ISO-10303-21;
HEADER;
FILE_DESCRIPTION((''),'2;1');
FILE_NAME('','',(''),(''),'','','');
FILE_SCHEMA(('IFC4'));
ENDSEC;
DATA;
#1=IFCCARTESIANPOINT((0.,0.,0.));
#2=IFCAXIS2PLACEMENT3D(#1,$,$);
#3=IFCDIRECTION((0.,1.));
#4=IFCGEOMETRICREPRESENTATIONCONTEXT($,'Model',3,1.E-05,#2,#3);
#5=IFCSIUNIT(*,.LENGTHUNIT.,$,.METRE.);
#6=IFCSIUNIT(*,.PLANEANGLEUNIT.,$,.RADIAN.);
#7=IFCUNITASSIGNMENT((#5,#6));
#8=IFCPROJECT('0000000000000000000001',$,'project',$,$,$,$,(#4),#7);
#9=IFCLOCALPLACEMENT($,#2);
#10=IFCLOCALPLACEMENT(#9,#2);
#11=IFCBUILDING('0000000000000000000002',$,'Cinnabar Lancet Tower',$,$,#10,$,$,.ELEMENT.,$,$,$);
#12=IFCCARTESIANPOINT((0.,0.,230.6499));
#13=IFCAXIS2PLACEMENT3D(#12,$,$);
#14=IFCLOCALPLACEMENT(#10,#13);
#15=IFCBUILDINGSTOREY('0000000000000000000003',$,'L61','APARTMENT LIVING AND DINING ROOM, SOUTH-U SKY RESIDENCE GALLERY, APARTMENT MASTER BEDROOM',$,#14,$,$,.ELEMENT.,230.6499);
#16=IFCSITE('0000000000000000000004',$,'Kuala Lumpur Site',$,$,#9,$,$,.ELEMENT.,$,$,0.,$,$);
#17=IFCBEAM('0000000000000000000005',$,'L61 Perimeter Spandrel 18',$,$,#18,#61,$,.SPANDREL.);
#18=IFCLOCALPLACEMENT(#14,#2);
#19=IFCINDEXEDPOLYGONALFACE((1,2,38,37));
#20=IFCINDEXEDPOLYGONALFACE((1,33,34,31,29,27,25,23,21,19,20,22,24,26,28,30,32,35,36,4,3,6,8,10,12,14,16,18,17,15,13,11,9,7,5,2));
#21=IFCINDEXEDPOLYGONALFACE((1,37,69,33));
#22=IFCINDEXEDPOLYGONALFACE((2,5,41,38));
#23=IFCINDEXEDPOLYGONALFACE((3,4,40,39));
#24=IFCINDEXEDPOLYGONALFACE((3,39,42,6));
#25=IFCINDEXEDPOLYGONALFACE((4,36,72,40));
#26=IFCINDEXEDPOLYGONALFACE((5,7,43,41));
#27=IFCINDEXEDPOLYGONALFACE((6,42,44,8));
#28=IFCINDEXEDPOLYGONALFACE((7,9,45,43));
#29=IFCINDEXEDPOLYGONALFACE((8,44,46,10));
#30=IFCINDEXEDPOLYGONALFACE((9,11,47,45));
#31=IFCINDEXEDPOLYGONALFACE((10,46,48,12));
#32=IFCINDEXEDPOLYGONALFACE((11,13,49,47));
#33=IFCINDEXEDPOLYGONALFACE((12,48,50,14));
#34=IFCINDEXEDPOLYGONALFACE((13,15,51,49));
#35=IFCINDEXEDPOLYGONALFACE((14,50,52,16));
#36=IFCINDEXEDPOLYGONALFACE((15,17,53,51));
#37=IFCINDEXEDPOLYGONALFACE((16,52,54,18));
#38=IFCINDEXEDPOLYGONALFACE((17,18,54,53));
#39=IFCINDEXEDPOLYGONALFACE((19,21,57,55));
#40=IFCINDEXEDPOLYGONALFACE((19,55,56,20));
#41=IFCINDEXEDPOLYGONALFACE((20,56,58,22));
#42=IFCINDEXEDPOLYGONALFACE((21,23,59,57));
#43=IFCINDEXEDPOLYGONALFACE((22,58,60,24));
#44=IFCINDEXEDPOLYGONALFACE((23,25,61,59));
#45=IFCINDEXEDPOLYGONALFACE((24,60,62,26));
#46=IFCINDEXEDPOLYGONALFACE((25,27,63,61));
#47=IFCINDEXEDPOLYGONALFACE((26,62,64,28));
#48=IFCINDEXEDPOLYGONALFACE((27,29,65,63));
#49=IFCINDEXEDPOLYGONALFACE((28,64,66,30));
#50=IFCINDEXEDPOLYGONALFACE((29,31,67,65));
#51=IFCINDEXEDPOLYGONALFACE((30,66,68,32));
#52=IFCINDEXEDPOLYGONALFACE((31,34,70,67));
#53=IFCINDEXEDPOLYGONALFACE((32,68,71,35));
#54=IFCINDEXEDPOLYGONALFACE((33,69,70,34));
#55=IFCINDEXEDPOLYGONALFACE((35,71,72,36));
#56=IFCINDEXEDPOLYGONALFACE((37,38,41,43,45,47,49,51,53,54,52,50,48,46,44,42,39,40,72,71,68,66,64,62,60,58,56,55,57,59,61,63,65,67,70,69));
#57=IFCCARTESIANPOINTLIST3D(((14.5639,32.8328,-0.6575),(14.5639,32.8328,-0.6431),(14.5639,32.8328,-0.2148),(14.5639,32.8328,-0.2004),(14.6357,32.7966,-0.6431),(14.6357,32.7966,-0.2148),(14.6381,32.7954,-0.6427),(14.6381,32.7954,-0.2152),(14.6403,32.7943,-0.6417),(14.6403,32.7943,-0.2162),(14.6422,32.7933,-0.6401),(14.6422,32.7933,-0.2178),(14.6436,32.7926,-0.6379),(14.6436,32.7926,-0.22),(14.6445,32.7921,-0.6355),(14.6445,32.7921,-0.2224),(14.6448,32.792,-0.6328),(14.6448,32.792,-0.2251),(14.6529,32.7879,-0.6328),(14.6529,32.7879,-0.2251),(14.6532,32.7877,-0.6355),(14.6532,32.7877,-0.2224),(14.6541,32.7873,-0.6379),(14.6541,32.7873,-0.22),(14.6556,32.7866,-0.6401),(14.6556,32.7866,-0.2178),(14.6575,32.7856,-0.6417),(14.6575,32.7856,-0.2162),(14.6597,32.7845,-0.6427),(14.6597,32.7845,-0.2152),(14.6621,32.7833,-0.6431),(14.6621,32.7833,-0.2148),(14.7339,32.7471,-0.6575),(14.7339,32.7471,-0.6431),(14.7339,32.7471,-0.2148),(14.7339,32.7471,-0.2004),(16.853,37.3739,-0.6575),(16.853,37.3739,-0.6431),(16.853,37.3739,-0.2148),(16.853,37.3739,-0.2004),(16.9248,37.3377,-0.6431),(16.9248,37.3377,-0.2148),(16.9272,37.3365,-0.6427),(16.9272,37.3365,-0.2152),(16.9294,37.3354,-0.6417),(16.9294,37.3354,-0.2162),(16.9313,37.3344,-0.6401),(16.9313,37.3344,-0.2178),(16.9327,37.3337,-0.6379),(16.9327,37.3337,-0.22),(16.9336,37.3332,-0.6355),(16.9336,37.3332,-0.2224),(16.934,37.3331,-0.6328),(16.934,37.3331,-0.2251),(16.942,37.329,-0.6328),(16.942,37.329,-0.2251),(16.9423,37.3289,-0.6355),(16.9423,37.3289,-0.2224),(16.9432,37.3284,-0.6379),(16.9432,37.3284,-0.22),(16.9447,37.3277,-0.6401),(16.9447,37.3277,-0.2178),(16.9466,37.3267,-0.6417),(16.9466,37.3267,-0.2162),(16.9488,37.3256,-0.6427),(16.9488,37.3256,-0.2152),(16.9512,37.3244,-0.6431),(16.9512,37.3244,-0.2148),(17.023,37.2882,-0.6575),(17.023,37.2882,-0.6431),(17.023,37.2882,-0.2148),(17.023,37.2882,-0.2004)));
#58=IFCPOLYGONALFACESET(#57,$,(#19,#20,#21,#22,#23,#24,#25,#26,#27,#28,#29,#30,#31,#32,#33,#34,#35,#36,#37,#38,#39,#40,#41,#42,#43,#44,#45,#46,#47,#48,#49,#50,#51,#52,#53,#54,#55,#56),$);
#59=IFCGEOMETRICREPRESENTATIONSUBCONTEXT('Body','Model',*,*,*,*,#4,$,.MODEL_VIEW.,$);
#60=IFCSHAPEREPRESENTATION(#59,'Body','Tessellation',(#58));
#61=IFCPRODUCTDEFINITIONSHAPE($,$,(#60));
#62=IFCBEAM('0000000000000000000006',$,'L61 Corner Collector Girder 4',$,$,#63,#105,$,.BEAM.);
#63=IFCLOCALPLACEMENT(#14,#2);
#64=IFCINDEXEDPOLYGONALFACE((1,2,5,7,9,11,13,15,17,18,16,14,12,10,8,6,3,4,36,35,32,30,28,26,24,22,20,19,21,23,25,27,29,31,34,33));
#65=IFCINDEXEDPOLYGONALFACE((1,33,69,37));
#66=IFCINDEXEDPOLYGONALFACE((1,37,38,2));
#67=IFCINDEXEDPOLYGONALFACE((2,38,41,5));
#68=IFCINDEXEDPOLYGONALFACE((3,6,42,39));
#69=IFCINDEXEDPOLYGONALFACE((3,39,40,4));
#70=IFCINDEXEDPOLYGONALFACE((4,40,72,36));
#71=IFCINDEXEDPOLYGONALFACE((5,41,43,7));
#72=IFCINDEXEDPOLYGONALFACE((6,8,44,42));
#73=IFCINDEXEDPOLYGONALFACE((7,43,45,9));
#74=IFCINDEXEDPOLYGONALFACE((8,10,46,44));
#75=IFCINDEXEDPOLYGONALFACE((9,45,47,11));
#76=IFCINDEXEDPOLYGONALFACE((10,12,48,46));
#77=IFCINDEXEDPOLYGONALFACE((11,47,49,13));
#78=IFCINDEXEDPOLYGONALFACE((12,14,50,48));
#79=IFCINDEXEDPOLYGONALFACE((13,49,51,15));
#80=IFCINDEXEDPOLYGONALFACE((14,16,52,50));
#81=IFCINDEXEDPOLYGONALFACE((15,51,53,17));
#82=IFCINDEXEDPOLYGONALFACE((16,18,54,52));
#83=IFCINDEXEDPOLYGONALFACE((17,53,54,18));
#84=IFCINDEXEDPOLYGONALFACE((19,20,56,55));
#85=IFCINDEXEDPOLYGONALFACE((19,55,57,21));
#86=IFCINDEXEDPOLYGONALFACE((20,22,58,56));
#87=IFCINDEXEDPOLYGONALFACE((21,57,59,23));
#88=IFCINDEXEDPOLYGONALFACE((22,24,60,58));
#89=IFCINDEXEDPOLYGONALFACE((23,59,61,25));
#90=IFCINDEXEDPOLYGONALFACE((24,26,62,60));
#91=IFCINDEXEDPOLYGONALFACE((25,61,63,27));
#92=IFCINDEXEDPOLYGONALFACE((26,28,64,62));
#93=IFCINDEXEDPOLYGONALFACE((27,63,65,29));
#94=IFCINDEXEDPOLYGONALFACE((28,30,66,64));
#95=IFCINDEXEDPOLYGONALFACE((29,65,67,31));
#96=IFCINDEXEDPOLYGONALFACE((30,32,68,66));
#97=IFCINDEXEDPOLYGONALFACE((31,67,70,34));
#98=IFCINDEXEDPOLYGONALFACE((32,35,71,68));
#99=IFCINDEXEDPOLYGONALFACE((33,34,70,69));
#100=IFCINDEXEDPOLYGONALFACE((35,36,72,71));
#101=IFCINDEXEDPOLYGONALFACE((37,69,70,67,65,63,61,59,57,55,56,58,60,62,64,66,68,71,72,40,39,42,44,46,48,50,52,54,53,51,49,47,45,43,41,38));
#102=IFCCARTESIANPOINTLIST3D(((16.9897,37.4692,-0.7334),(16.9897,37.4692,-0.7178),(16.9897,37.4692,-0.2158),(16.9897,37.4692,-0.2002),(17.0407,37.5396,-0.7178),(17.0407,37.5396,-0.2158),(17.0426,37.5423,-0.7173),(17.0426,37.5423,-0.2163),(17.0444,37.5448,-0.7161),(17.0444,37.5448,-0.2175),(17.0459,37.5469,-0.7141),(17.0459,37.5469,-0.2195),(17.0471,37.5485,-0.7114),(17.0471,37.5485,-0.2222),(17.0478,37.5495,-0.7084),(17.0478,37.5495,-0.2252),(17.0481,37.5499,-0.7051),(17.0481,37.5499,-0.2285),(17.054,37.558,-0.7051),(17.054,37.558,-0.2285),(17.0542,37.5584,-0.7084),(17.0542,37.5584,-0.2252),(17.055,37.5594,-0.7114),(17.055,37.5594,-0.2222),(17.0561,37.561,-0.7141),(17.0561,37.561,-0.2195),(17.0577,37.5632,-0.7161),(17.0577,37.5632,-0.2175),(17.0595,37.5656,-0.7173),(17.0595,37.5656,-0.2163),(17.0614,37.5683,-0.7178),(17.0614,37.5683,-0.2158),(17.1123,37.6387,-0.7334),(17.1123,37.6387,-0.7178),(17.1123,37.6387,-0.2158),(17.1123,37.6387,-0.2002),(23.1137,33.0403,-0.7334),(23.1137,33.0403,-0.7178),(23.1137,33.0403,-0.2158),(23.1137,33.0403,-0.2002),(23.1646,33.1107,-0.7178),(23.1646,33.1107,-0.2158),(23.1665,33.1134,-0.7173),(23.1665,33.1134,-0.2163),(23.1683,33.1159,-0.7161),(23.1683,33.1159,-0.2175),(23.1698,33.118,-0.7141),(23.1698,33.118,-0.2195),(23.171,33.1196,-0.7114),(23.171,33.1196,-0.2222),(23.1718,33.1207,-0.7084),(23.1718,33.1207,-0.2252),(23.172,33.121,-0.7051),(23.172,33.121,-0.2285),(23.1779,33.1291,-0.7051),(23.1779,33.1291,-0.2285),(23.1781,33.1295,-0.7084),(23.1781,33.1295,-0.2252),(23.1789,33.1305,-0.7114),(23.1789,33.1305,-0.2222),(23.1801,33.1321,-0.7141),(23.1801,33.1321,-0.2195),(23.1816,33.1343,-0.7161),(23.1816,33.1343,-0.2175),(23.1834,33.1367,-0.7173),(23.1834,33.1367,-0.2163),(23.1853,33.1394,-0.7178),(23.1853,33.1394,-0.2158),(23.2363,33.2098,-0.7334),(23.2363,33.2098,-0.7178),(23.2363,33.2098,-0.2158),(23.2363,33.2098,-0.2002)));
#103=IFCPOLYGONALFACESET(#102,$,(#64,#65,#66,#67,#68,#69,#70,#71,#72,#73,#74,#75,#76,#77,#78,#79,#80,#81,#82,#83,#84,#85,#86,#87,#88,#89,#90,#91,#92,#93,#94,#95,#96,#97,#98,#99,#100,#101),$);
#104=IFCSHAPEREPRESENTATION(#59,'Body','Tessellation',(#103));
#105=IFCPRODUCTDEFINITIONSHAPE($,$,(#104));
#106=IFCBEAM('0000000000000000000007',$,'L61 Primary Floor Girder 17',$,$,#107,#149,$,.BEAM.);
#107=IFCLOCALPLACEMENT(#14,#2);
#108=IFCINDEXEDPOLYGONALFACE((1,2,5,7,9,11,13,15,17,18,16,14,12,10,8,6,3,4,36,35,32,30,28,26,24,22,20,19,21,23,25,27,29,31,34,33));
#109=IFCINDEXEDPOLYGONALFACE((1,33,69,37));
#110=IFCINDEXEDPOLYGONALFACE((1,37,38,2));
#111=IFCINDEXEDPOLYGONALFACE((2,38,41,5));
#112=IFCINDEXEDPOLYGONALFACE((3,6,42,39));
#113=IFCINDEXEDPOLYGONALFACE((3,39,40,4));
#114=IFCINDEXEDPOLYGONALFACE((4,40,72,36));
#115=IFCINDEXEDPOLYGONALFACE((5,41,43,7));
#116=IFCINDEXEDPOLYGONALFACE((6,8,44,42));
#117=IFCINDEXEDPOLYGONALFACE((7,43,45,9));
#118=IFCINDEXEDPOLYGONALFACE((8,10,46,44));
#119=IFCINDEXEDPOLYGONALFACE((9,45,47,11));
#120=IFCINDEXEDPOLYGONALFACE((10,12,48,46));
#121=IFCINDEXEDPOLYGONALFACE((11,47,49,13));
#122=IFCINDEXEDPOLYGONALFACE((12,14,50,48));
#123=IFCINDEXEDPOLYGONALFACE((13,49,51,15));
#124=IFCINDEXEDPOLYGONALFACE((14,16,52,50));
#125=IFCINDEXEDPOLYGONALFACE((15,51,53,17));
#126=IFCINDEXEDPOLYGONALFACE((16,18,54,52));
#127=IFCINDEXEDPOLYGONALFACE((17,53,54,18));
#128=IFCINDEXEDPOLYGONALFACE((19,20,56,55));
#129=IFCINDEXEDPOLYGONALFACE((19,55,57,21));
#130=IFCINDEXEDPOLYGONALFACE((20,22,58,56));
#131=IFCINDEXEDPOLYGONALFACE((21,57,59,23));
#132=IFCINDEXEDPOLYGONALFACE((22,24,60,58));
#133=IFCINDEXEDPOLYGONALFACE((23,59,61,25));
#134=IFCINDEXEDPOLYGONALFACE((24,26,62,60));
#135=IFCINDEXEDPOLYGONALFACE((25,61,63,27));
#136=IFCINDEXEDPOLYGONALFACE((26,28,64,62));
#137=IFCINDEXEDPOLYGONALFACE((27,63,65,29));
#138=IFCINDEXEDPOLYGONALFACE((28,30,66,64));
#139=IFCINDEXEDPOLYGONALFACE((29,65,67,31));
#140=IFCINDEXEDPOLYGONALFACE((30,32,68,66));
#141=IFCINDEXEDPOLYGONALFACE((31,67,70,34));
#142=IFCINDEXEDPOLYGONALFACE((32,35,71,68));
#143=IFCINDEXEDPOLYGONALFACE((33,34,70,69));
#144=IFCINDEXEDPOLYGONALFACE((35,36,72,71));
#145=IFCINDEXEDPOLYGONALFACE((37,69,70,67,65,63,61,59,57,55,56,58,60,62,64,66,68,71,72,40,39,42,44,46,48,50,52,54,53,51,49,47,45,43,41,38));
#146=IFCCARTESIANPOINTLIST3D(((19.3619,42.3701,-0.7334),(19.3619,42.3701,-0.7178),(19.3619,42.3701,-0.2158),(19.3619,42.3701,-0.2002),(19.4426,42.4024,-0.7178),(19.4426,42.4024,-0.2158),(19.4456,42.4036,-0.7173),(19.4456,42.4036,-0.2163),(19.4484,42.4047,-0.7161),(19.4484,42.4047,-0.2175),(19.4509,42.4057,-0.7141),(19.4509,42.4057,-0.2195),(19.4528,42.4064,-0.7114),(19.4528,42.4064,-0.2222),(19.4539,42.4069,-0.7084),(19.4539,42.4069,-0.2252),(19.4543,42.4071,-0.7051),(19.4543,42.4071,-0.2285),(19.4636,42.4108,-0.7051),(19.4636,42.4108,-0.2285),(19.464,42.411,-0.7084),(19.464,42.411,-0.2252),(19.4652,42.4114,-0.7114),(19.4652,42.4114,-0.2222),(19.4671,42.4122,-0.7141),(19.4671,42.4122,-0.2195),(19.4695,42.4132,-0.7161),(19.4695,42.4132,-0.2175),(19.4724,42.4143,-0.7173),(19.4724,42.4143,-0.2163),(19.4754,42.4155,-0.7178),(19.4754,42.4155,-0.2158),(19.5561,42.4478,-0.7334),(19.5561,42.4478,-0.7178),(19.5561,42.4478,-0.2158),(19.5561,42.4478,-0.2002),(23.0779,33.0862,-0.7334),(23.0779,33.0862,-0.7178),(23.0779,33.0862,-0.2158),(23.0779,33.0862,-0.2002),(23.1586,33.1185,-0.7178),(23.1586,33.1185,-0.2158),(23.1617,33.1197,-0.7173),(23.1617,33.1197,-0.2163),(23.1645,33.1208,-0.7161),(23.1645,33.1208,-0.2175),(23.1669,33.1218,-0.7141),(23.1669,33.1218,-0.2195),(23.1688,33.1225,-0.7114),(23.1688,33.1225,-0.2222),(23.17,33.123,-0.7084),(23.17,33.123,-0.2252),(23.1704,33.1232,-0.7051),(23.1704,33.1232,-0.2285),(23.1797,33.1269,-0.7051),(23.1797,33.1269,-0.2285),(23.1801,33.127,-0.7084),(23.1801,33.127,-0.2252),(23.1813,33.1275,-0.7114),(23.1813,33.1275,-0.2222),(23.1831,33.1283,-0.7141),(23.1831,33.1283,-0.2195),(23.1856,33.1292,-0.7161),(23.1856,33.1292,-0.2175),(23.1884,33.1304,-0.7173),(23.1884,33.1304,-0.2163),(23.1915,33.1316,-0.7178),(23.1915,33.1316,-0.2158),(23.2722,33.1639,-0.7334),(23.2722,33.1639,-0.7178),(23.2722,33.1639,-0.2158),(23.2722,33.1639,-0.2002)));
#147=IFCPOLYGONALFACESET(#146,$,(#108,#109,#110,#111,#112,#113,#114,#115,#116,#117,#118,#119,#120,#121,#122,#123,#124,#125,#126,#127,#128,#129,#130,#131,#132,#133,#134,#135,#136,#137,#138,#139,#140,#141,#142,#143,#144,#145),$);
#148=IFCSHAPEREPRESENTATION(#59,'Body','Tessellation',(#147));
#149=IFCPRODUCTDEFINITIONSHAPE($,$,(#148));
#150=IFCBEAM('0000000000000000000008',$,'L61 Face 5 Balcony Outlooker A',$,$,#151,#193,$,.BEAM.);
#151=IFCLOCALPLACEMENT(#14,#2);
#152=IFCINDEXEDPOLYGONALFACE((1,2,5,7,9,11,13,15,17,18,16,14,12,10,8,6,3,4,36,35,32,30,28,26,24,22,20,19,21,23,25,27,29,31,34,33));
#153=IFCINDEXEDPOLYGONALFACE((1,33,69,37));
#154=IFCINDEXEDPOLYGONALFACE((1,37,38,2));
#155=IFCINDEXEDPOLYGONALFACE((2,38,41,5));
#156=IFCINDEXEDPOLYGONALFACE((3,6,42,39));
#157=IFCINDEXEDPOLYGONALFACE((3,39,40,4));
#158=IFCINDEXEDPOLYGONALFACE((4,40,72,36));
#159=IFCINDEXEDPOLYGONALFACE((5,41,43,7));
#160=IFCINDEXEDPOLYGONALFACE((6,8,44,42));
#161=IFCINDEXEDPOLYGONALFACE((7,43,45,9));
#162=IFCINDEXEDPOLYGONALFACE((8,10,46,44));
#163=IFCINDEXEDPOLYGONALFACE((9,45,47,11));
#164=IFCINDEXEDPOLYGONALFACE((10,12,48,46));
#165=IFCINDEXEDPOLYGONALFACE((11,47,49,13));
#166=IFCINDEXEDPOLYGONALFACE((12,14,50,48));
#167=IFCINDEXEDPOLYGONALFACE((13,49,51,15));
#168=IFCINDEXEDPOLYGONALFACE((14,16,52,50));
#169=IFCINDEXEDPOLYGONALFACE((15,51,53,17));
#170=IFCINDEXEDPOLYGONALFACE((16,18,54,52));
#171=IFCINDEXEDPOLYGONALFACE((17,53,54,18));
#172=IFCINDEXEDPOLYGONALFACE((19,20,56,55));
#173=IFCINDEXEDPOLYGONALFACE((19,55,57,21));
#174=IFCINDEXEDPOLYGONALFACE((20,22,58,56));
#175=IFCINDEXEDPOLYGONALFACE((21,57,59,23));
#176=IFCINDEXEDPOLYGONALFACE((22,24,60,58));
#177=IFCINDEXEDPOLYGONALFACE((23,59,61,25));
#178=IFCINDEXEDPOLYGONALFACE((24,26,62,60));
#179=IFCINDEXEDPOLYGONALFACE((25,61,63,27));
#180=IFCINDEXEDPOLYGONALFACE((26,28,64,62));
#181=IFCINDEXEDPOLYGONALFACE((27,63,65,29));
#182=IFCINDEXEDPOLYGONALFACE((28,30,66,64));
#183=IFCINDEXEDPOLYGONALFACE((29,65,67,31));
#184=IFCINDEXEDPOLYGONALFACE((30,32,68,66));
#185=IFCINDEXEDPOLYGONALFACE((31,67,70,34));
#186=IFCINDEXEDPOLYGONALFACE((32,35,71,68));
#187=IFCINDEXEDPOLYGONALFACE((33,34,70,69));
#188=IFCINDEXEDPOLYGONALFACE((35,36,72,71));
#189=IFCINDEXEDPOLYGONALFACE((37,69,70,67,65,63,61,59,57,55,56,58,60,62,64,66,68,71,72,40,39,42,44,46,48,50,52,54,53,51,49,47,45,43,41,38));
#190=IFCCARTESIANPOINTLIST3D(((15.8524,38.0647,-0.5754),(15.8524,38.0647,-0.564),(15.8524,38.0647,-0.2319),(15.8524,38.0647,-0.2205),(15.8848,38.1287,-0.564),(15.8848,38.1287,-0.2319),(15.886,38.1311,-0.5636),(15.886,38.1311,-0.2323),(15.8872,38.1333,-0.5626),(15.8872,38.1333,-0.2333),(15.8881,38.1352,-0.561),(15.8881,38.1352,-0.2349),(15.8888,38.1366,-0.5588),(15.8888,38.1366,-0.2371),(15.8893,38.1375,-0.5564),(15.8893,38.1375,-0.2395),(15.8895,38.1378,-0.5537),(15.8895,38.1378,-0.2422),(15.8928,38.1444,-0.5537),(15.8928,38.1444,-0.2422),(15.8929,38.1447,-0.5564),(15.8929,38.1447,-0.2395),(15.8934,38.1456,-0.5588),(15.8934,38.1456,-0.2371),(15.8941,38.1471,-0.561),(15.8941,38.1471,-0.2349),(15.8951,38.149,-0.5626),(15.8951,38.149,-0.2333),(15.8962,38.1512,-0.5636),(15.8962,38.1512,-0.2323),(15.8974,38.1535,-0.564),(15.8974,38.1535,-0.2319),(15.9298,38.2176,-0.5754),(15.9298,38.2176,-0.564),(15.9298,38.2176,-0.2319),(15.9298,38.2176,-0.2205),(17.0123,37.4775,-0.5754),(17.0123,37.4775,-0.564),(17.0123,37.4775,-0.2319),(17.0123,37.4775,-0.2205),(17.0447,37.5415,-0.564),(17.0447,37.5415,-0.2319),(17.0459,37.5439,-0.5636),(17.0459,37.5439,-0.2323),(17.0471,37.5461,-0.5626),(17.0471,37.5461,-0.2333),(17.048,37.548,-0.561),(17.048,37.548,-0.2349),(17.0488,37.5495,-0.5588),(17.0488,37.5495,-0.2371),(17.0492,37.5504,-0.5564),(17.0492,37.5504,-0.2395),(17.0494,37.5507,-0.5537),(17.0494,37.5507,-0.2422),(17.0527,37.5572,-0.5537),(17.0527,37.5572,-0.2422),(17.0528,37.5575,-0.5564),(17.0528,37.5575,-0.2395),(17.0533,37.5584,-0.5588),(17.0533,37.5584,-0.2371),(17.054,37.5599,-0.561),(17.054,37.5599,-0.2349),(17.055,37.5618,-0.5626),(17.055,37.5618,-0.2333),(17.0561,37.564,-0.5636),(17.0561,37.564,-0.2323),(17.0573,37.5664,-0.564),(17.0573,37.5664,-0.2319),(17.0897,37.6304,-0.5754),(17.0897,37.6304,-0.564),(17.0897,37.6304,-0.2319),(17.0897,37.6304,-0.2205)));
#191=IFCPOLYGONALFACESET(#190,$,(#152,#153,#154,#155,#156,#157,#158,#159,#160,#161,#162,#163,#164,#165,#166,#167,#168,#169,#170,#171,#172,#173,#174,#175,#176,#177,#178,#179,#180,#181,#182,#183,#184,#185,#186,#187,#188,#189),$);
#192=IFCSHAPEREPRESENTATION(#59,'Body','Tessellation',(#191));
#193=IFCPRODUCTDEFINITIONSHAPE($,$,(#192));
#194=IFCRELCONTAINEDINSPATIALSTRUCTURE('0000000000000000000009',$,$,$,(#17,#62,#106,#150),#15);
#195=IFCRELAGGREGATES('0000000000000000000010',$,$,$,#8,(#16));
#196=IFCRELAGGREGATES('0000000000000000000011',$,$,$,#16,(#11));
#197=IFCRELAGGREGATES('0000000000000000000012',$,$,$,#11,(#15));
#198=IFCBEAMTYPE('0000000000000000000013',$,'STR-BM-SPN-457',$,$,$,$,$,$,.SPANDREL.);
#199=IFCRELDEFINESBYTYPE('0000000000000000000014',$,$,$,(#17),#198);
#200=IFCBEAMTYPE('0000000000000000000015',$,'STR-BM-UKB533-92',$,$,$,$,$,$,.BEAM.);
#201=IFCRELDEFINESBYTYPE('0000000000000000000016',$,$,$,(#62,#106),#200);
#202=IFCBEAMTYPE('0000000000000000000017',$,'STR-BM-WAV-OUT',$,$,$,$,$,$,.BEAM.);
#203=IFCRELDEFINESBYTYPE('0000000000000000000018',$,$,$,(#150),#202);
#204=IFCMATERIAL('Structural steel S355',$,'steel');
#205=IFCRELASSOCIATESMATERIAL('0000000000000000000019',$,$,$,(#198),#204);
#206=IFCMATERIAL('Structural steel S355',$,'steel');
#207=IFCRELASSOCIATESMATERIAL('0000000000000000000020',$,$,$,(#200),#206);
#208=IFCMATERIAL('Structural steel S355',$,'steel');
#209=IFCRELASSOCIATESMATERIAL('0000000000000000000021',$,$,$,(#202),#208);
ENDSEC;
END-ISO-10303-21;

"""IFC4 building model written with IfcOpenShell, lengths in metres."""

from ifc_helpers import new_model, si_unit, direction, frame, origin, origin_2d, place, context, subcontext, project, spatial, i_section, extrude, material, material_profile, profile_set, type_object, element, save


model = new_model("IFC4")

# Units and contexts
model_context = context("Model", 3, precision=1e-05, world=origin(), true_north=direction((0.0, 1.0)))
body_context = subcontext(model_context, "Body", "Model", "MODEL_VIEW")
ifc_project = project(units=[si_unit("LENGTHUNIT", "METRE"), si_unit("PLANEANGLEUNIT", "RADIAN")], contexts=[model_context])

# Site, building, storey
site_placement = place(None, origin())
site = spatial("IfcSite", under=ifc_project, at=site_placement, Name="Kuala Lumpur Site", CompositionType="ELEMENT", RefElevation=0.0)
building_placement = place(site_placement, origin())
building = spatial("IfcBuilding", under=site, at=building_placement, Name="Cinnabar Lancet Tower", CompositionType="ELEMENT")
storey_placement = place(building_placement, frame((0.0, 0.0, 230.6499)))
storey = spatial("IfcBuildingStorey", under=building, at=storey_placement, Name="L61", Description="APARTMENT LIVING AND DINING ROOM, SOUTH-U SKY RESIDENCE GALLERY, APARTMENT MASTER BEDROOM", CompositionType="ELEMENT", Elevation=230.6499)

# Beams
ifc_material_1 = material(Name="Structural steel S355", Category="steel")
ifc_material_profile_1 = material_profile(ifc_material_1, i_section(OverallWidth=0.1904, OverallDepth=0.457, WebThickness=0.009, FlangeThickness=0.0144, FilletRadius=0.0103, at=origin_2d()), Name="UKB 457x191x74")
ifc_profile_set_1 = profile_set([ifc_material_profile_1], Name="Structural steel S355")
beam_type_1 = type_object("IfcBeamType", Name="STR-BM-SPN-457", PredefinedType="SPANDREL", material=ifc_profile_set_1)
beam_1_placement = place(storey_placement, frame((16.938, 37.3311, -0.429), z_axis=(-0.45013, -0.892963, 0.0), x_axis=(0.892963, -0.45013, 0.0)))
element("IfcBeam", 1, at=beam_1_placement, inside=storey, type_object=beam_type_1, Name="L61 Perimeter Spandrel 18", PredefinedType="SPANDREL", context=body_context, shape_type="SweptSolid", body=[
    extrude(i_section(OverallWidth=0.1904, OverallDepth=0.457, WebThickness=0.009, FlangeThickness=0.0144, FilletRadius=0.0103, at=origin_2d()), origin(), (0.0, 0.0, 1.0), 5.0854),
])
ifc_material_2 = material(Name="Structural steel S355", Category="steel")
ifc_material_profile_2 = material_profile(ifc_material_2, i_section(OverallWidth=0.2092, OverallDepth=0.5332, WebThickness=0.01, FlangeThickness=0.0156, FilletRadius=0.0127, at=origin_2d()), Name="UKB 533x210x92")
ifc_profile_set_2 = profile_set([ifc_material_profile_2], Name="Structural steel S355")
beam_type_2 = type_object("IfcBeamType", Name="STR-BM-UKB533-92", PredefinedType="BEAM", material=ifc_profile_set_2)
beam_2_placement = place(storey_placement, frame((17.051, 37.554, -0.4668), z_axis=(0.810299, -0.586016, 0.0), x_axis=(0.586016, 0.810299, 0.0)))
element("IfcBeam", 2, at=beam_2_placement, inside=storey, type_object=beam_type_2, Name="L61 Corner Collector Girder 4", PredefinedType="BEAM", context=body_context, shape_type="SweptSolid", body=[
    extrude(i_section(OverallWidth=0.2092, OverallDepth=0.5332, WebThickness=0.01, FlangeThickness=0.0156, FilletRadius=0.0127, at=origin_2d()), origin(), (0.0, 0.0, 1.0), 7.5576),
])
beam_3_placement = place(storey_placement, frame((19.459, 42.4089, -0.4668), z_axis=(0.371605, -0.928391, 0.0), x_axis=(0.928391, 0.371605, 0.0)))
element("IfcBeam", 3, at=beam_3_placement, inside=storey, type_object=beam_type_2, Name="L61 Primary Floor Girder 17", PredefinedType="BEAM", context=body_context, shape_type="SweptSolid", body=[
    extrude(i_section(OverallWidth=0.2092, OverallDepth=0.5332, WebThickness=0.01, FlangeThickness=0.0156, FilletRadius=0.0127, at=origin_2d()), origin(), (0.0, 0.0, 1.0), 10.0),
])
ifc_material_3 = material(Name="Structural steel S355", Category="steel")
ifc_material_profile_3 = material_profile(ifc_material_3, i_section(OverallWidth=0.1714, OverallDepth=0.355, WebThickness=0.0073, FlangeThickness=0.0115, FilletRadius=0.0103, at=origin_2d()), Name="UKB 356x171x51")
ifc_profile_set_3 = profile_set([ifc_material_profile_3], Name="Structural steel S355")
beam_type_3 = type_object("IfcBeamType", Name="STR-BM-WAV-OUT", PredefinedType="BEAM", material=ifc_profile_set_3)
beam_4_placement = place(storey_placement, frame((17.051, 37.554, -0.3979), z_axis=(-0.8922, 0.45164, 0.0), x_axis=(-0.45164, -0.8922, 0.0)))
element("IfcBeam", 4, at=beam_4_placement, inside=storey, type_object=beam_type_3, Name="L61 Face 5 Balcony Outlooker A", PredefinedType="BEAM", context=body_context, shape_type="SweptSolid", body=[
    extrude(i_section(OverallWidth=0.1714, OverallDepth=0.355, WebThickness=0.0073, FlangeThickness=0.0115, FilletRadius=0.0103, at=origin_2d()), origin(), (0.0, 0.0, 1.0), 1.3),
])

save(model, "model.ifc")
